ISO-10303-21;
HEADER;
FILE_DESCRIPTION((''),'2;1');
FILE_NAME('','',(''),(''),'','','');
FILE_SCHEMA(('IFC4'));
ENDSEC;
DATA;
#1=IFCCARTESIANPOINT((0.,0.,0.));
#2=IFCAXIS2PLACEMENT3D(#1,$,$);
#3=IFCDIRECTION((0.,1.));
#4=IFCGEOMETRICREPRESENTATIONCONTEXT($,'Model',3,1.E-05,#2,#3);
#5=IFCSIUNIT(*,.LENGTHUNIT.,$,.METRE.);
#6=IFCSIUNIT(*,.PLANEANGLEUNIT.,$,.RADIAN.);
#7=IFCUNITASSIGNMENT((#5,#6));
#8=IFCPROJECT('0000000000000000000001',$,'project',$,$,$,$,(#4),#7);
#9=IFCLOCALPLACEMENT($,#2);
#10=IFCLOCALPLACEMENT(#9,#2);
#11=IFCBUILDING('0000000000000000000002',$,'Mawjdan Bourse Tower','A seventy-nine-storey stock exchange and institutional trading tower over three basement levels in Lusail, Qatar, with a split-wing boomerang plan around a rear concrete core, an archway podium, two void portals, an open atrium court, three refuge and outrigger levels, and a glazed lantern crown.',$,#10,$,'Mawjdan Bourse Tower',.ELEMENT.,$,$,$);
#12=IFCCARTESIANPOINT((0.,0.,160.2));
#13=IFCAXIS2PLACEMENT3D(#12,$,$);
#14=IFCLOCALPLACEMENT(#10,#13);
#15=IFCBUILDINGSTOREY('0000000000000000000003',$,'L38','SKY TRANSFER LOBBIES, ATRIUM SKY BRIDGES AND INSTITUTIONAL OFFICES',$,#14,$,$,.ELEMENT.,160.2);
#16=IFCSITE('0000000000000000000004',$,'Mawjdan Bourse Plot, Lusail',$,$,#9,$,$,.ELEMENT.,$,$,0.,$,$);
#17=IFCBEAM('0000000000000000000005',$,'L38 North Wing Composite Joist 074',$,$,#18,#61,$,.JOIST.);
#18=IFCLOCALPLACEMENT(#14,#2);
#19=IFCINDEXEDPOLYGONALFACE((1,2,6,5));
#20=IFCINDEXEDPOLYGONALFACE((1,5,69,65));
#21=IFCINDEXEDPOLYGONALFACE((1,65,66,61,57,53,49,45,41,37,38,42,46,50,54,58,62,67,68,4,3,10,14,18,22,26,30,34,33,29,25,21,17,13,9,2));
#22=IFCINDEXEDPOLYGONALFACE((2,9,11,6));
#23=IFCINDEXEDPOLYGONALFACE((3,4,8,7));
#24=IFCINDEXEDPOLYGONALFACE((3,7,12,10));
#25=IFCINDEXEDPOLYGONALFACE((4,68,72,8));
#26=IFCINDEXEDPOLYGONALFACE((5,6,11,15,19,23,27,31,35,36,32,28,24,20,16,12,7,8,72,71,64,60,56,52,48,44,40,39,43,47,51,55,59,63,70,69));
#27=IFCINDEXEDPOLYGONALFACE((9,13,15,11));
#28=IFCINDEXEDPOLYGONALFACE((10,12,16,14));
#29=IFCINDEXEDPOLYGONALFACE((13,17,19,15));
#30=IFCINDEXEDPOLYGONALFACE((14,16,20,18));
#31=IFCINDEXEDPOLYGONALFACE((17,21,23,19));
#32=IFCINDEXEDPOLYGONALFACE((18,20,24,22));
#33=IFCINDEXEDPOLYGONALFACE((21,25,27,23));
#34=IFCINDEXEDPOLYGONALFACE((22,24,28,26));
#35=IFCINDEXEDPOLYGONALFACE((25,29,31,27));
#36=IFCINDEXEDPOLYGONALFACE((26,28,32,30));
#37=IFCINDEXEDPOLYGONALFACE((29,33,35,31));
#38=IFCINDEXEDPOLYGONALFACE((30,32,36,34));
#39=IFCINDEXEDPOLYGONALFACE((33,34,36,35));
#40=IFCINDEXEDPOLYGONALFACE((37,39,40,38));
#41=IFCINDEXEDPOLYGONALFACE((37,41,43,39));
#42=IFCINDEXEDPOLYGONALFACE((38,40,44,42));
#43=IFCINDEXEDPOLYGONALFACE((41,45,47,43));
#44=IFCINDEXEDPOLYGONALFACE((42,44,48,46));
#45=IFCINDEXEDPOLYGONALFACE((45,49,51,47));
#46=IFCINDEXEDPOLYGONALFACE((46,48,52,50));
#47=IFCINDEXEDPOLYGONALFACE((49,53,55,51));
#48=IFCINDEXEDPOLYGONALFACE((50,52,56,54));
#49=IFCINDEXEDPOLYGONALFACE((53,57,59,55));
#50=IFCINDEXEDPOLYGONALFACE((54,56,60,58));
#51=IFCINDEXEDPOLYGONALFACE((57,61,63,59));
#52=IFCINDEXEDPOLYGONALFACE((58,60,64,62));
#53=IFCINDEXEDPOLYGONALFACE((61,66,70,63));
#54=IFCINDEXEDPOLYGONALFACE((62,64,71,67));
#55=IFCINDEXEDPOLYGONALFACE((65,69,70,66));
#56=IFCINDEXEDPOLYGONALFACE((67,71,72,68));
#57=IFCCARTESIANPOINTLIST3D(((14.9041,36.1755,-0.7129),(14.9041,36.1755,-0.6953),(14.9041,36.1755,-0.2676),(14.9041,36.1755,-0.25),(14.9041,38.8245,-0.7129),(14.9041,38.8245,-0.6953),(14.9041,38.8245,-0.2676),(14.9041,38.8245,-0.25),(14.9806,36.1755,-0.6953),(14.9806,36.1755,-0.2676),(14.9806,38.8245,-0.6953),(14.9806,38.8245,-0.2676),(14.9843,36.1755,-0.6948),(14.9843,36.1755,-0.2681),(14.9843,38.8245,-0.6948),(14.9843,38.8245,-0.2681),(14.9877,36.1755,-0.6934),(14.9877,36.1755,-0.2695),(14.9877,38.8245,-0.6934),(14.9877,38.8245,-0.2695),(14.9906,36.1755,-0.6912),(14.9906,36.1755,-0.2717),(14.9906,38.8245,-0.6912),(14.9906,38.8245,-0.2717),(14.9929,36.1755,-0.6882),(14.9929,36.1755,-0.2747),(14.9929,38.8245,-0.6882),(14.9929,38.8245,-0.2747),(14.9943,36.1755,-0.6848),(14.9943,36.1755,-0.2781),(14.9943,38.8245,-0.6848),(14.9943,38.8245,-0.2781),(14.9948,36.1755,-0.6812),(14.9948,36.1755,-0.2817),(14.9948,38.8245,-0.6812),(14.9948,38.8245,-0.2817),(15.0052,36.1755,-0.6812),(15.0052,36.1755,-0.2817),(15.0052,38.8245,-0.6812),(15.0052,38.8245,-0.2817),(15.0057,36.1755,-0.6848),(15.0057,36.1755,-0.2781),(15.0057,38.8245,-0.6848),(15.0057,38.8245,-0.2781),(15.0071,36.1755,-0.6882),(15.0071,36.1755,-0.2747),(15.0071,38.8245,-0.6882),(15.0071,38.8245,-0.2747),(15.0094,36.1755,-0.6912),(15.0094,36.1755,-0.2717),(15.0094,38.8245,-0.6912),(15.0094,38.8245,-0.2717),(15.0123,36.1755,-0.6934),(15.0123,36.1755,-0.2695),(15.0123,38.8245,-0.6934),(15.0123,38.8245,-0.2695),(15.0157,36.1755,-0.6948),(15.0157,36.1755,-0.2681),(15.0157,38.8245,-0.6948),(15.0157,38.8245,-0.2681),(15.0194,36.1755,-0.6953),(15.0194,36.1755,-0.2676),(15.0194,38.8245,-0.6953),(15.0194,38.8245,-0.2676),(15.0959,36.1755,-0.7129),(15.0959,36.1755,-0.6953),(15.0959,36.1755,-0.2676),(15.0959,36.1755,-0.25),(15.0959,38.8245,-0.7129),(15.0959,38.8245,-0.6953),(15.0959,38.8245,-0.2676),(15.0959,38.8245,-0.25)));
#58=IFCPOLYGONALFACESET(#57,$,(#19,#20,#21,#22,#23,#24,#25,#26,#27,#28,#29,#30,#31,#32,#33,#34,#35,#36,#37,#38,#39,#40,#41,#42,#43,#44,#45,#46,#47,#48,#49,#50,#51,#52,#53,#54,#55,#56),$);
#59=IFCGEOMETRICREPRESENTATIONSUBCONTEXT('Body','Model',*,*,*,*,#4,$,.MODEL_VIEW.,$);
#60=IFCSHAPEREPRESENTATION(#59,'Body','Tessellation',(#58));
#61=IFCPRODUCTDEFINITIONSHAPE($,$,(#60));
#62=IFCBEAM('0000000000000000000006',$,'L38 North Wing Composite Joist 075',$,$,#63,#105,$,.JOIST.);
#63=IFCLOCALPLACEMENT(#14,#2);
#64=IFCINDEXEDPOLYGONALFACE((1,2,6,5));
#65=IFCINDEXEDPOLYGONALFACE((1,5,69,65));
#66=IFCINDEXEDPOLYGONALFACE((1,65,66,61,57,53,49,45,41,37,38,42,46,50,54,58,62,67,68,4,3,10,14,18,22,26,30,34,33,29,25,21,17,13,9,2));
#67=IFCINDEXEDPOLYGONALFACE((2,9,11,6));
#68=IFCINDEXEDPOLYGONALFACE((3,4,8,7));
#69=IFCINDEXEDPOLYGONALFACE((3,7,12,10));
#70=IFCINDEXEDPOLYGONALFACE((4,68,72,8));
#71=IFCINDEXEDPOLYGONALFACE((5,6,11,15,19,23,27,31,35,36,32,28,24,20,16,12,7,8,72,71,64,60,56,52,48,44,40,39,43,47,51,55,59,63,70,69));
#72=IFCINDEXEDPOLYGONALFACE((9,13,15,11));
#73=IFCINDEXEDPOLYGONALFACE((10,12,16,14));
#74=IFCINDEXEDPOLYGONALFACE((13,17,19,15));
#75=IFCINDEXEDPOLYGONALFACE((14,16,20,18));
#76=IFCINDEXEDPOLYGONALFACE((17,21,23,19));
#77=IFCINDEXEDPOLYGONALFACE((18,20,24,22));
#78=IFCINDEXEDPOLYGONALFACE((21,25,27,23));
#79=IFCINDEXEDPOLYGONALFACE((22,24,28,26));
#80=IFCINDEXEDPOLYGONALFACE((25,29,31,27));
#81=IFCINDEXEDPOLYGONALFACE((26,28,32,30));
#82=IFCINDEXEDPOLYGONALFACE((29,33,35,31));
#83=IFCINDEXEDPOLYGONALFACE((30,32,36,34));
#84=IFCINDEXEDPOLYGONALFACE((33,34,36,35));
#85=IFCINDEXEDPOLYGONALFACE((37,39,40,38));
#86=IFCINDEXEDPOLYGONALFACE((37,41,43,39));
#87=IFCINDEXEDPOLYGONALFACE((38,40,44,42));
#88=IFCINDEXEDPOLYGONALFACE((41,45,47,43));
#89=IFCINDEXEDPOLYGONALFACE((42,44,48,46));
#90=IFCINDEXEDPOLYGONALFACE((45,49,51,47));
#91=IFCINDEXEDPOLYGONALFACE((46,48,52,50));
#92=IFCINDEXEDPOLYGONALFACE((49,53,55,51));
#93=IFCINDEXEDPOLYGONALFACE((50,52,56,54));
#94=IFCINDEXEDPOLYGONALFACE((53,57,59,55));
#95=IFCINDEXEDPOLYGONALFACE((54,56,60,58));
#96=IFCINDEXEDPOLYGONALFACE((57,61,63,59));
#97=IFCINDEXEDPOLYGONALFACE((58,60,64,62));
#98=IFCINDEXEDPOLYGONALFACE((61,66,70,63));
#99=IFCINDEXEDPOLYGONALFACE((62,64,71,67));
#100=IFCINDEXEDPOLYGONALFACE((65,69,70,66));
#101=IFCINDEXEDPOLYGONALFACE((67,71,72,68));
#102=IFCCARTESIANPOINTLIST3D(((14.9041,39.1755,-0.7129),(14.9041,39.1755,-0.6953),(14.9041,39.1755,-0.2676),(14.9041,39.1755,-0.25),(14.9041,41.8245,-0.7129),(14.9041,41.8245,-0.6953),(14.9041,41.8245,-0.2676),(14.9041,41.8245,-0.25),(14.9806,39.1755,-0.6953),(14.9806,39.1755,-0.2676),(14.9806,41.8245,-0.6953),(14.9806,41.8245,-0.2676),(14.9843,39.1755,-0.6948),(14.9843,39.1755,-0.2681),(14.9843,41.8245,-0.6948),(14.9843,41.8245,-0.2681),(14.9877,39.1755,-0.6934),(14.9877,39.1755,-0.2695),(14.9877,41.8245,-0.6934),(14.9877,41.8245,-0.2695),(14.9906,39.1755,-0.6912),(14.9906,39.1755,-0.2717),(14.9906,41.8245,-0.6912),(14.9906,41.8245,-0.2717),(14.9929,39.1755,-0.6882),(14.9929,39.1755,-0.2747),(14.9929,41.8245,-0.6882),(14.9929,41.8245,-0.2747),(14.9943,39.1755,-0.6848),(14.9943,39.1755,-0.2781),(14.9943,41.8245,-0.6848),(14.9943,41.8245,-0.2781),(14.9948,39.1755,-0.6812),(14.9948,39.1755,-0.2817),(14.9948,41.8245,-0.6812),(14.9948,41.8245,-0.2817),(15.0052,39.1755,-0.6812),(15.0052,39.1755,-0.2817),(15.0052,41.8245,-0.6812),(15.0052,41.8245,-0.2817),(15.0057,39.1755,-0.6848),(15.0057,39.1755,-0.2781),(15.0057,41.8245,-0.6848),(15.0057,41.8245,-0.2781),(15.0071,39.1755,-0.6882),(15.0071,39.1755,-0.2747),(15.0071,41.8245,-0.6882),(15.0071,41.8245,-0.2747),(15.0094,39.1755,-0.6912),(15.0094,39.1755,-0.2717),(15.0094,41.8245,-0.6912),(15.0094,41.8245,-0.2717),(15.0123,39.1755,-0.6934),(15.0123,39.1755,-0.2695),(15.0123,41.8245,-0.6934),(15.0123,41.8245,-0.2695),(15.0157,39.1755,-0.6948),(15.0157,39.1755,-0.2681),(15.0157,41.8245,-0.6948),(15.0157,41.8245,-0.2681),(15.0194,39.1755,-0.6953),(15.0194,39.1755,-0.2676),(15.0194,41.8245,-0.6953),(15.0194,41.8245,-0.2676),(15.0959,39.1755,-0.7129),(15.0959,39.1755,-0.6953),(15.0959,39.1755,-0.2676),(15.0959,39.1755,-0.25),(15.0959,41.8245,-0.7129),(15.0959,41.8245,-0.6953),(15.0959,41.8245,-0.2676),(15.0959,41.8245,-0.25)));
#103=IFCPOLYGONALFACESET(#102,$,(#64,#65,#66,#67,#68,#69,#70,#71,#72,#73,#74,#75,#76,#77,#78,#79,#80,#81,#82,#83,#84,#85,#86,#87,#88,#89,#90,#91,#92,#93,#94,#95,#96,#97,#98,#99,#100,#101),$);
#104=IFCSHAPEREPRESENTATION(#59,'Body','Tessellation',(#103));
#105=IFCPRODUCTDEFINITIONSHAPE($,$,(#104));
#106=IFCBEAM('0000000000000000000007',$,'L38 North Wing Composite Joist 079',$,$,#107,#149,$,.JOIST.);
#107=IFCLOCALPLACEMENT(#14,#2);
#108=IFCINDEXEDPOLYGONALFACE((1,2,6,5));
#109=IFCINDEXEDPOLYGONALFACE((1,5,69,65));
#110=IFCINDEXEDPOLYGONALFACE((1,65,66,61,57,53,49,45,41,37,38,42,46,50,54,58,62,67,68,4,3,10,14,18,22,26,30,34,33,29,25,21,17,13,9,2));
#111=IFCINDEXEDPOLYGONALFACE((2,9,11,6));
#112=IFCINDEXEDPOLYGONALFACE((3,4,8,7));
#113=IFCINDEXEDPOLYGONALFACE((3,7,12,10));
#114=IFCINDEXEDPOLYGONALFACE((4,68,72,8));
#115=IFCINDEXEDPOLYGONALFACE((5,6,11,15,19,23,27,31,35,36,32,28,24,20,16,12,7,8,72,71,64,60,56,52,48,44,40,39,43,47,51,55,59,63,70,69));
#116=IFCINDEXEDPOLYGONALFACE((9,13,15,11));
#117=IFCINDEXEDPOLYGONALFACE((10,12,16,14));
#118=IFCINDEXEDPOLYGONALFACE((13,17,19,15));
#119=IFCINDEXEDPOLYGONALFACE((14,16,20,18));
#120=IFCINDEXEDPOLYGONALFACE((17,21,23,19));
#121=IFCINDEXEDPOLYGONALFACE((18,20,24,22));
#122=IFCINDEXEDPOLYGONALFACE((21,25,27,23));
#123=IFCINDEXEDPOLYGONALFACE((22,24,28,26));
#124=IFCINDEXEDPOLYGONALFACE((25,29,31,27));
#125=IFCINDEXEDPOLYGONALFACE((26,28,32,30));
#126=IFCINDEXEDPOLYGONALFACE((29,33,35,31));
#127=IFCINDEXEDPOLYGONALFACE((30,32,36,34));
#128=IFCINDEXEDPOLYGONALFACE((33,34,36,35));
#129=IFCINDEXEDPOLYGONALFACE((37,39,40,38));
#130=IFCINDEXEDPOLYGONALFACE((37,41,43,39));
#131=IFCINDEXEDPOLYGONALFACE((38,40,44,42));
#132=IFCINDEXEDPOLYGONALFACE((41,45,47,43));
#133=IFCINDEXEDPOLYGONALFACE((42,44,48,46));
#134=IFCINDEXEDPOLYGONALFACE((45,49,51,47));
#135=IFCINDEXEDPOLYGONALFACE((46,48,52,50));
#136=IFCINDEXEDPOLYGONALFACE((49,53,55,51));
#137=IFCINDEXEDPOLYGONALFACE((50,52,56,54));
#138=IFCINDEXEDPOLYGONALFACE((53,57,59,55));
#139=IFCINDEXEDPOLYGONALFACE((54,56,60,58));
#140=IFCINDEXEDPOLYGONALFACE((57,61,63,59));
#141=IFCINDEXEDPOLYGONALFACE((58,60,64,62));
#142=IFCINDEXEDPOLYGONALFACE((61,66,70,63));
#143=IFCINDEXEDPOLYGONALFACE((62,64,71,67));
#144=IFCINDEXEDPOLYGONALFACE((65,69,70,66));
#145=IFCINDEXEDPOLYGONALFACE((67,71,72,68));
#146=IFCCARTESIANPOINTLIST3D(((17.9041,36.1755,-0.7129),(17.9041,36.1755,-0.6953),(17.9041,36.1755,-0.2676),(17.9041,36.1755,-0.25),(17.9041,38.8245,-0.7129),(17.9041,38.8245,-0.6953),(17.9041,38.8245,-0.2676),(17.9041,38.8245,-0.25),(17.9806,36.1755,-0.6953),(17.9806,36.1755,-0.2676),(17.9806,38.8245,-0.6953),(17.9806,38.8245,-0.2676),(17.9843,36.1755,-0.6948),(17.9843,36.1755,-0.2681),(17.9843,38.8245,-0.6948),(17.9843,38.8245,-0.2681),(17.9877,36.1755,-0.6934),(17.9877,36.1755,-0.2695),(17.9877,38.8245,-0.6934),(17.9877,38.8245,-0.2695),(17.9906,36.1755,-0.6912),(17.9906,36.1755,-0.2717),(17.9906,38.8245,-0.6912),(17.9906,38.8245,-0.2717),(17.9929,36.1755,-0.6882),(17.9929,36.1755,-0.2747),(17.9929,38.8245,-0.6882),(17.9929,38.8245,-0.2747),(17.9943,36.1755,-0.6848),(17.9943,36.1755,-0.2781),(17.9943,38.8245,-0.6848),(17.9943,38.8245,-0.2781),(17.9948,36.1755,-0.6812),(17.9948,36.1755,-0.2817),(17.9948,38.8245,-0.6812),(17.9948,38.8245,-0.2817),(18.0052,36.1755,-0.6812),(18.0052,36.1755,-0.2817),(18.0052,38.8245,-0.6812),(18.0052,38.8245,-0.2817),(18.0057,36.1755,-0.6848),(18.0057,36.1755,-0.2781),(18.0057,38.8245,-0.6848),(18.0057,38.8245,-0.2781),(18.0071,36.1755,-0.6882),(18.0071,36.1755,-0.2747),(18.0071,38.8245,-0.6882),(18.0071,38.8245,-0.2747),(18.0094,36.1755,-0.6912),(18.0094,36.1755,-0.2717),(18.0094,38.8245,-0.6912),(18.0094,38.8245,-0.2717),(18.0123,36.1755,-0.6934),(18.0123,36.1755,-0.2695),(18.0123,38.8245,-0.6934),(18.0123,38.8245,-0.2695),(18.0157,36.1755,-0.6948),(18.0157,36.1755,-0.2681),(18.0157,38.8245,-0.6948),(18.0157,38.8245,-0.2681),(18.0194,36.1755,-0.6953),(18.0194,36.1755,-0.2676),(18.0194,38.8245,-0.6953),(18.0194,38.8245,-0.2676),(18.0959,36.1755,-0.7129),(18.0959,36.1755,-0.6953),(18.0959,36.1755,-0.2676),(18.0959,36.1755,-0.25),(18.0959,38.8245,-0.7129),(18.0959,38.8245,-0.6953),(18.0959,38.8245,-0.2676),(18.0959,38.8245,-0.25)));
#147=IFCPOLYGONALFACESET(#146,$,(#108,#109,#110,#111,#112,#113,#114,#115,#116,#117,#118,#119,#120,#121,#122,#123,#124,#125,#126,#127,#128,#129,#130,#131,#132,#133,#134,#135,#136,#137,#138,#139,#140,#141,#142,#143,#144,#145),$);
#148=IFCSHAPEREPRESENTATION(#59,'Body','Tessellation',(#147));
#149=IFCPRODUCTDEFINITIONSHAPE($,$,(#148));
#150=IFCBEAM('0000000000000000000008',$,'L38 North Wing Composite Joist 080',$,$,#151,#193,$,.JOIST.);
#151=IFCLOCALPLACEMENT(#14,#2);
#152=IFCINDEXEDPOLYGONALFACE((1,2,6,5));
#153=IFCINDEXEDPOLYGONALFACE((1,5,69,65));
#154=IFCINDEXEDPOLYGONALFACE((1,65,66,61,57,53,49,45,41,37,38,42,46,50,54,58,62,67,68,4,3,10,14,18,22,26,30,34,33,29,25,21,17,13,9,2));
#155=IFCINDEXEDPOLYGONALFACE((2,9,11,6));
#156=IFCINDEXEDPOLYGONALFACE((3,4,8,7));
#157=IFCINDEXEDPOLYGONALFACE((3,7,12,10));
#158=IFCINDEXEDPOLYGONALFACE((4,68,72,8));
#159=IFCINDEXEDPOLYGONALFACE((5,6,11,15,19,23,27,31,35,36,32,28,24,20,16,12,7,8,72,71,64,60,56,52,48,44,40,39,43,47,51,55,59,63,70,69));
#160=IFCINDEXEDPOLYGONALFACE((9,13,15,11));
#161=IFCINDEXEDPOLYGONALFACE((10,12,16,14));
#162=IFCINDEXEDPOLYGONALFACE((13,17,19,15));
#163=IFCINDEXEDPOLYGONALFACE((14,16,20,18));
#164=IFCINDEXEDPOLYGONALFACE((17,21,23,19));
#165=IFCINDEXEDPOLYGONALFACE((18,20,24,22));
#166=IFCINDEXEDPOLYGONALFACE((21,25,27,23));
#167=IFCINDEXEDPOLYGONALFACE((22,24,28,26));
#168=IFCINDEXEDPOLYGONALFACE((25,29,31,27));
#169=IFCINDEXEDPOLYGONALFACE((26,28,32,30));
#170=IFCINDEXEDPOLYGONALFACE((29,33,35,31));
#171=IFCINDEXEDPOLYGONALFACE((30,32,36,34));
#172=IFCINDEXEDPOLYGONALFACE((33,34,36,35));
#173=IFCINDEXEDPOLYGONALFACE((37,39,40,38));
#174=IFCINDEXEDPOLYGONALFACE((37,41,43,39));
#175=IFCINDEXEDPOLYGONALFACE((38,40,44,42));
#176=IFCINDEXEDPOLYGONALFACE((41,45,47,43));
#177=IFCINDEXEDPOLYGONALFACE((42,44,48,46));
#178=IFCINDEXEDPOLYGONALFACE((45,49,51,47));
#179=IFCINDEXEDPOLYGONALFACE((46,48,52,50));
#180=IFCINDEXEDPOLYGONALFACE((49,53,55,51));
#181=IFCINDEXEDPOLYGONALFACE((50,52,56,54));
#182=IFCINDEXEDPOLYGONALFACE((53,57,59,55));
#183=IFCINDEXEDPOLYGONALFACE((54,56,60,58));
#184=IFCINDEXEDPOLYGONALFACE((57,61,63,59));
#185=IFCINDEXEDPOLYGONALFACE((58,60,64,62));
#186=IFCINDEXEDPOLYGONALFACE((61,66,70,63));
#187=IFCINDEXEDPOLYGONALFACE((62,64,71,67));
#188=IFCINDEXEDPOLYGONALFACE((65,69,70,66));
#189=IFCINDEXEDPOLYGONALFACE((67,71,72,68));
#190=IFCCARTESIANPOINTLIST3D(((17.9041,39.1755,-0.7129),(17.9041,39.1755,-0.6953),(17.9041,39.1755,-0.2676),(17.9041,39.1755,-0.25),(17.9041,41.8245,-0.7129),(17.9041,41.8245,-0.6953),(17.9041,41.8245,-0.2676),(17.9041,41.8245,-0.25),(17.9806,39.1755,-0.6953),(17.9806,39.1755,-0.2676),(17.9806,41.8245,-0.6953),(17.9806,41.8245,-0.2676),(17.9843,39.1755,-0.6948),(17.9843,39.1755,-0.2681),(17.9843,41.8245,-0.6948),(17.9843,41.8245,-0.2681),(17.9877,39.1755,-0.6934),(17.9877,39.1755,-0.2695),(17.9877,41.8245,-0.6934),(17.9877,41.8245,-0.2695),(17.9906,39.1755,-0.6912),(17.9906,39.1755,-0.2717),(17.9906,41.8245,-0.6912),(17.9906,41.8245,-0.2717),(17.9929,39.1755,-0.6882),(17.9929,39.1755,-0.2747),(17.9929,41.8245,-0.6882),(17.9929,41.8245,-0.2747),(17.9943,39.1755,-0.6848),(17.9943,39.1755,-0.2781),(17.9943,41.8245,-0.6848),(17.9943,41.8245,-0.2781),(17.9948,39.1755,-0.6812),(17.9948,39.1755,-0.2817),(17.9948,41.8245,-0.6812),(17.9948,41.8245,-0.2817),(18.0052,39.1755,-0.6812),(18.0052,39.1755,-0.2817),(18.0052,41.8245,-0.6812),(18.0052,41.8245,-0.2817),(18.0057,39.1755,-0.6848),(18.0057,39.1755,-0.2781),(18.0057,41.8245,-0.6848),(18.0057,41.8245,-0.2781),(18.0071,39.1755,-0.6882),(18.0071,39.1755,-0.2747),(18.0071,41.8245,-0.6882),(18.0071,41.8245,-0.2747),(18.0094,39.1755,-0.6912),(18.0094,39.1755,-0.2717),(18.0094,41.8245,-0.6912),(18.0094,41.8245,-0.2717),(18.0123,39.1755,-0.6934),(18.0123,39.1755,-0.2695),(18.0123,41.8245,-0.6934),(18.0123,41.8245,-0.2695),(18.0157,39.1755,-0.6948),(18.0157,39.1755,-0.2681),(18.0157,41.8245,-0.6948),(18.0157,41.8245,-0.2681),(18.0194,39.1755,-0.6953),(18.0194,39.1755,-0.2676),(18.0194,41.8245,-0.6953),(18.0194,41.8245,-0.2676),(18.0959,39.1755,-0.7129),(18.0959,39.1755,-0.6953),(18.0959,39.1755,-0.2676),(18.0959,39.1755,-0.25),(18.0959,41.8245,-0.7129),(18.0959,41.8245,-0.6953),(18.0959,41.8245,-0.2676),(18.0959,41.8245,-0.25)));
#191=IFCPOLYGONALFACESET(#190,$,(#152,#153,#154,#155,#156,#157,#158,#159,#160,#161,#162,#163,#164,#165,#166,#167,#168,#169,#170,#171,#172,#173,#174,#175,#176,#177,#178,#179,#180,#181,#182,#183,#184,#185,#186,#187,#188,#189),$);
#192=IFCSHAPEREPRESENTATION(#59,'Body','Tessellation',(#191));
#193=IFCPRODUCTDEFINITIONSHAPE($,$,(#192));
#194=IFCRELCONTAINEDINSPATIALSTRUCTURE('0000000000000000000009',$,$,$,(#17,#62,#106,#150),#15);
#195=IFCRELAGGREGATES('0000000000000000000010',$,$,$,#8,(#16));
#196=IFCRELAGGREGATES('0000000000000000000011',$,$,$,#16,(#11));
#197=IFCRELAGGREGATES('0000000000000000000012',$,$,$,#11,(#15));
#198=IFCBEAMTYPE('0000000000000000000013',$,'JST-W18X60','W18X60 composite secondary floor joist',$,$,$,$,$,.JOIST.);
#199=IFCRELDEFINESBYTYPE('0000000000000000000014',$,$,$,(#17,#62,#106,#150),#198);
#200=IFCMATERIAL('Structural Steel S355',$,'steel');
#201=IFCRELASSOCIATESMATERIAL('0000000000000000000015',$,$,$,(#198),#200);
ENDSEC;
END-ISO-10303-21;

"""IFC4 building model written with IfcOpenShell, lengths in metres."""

from ifc_helpers import new_model, si_unit, direction, frame, origin, origin_2d, place, context, subcontext, project, spatial, i_section, extrude, material, material_profile, profile_set, type_object, element, save


model = new_model("IFC4")

# Units and contexts
model_context = context("Model", 3, precision=1e-05, world=origin(), true_north=direction((0.0, 1.0)))
body_context = subcontext(model_context, "Body", "Model", "MODEL_VIEW")
ifc_project = project(units=[si_unit("LENGTHUNIT", "METRE"), si_unit("PLANEANGLEUNIT", "RADIAN")], contexts=[model_context])

# Site, building, storey
site_placement = place(None, origin())
site = spatial("IfcSite", under=ifc_project, at=site_placement, Name="Mawjdan Bourse Plot, Lusail", CompositionType="ELEMENT", RefElevation=0.0)
building_placement = place(site_placement, origin())
building = spatial("IfcBuilding", under=site, at=building_placement, Name="Mawjdan Bourse Tower", Description="A seventy-nine-storey stock exchange and institutional trading tower over three basement levels in Lusail, Qatar, with a split-wing boomerang plan around a rear concrete core, an archway podium, two void portals, an open atrium court, three refuge and outrigger levels, and a glazed lantern crown.", LongName="Mawjdan Bourse Tower", CompositionType="ELEMENT")
storey_placement = place(building_placement, frame((0.0, 0.0, 160.2)))
storey = spatial("IfcBuildingStorey", under=building, at=storey_placement, Name="L38", Description="SKY TRANSFER LOBBIES, ATRIUM SKY BRIDGES AND INSTITUTIONAL OFFICES", CompositionType="ELEMENT", Elevation=160.2)

# Beams
ifc_material_1 = material(Name="Structural Steel S355", Category="steel")
ifc_material_profile_1 = material_profile(ifc_material_1, i_section(OverallWidth=0.1919, OverallDepth=0.4629, WebThickness=0.0105, FlangeThickness=0.0176, FilletRadius=0.0142, at=origin_2d()), Name="W18X60")
ifc_profile_set_1 = profile_set([ifc_material_profile_1], Name="Structural Steel S355")
beam_type_1 = type_object("IfcBeamType", Name="JST-W18X60", Description="W18X60 composite secondary floor joist", PredefinedType="JOIST", material=ifc_profile_set_1)
for number, where, z_axis, x_axis, name in (
    (1, (15.0, 36.1755, -0.4814), (0.0, 1.0, 0.0), (-1.0, 0.0, 0.0), "L38 North Wing Composite Joist 074"),
    (2, (15.0, 39.1755, -0.4814), (0.0, 1.0, 0.0), (-1.0, 0.0, 0.0), "L38 North Wing Composite Joist 075"),
    (3, (18.0, 36.1755, -0.4814), (0.0, 1.0, 0.0), (-1.0, 0.0, 0.0), "L38 North Wing Composite Joist 079"),
    (4, (18.0, 39.1755, -0.4814), (0.0, 1.0, 0.0), (-1.0, 0.0, 0.0), "L38 North Wing Composite Joist 080"),
):
    element("IfcBeam", number, at=place(storey_placement, frame(where, z_axis=z_axis, x_axis=x_axis)), inside=storey, type_object=beam_type_1, Name=name, PredefinedType="JOIST", context=body_context, shape_type="SweptSolid", body=[
        extrude(i_section(OverallWidth=0.1919, OverallDepth=0.4629, WebThickness=0.0105, FlangeThickness=0.0176, FilletRadius=0.0142, at=origin_2d()), origin(), (0.0, 0.0, 1.0), 2.6489),
    ])

save(model, "model.ifc")
